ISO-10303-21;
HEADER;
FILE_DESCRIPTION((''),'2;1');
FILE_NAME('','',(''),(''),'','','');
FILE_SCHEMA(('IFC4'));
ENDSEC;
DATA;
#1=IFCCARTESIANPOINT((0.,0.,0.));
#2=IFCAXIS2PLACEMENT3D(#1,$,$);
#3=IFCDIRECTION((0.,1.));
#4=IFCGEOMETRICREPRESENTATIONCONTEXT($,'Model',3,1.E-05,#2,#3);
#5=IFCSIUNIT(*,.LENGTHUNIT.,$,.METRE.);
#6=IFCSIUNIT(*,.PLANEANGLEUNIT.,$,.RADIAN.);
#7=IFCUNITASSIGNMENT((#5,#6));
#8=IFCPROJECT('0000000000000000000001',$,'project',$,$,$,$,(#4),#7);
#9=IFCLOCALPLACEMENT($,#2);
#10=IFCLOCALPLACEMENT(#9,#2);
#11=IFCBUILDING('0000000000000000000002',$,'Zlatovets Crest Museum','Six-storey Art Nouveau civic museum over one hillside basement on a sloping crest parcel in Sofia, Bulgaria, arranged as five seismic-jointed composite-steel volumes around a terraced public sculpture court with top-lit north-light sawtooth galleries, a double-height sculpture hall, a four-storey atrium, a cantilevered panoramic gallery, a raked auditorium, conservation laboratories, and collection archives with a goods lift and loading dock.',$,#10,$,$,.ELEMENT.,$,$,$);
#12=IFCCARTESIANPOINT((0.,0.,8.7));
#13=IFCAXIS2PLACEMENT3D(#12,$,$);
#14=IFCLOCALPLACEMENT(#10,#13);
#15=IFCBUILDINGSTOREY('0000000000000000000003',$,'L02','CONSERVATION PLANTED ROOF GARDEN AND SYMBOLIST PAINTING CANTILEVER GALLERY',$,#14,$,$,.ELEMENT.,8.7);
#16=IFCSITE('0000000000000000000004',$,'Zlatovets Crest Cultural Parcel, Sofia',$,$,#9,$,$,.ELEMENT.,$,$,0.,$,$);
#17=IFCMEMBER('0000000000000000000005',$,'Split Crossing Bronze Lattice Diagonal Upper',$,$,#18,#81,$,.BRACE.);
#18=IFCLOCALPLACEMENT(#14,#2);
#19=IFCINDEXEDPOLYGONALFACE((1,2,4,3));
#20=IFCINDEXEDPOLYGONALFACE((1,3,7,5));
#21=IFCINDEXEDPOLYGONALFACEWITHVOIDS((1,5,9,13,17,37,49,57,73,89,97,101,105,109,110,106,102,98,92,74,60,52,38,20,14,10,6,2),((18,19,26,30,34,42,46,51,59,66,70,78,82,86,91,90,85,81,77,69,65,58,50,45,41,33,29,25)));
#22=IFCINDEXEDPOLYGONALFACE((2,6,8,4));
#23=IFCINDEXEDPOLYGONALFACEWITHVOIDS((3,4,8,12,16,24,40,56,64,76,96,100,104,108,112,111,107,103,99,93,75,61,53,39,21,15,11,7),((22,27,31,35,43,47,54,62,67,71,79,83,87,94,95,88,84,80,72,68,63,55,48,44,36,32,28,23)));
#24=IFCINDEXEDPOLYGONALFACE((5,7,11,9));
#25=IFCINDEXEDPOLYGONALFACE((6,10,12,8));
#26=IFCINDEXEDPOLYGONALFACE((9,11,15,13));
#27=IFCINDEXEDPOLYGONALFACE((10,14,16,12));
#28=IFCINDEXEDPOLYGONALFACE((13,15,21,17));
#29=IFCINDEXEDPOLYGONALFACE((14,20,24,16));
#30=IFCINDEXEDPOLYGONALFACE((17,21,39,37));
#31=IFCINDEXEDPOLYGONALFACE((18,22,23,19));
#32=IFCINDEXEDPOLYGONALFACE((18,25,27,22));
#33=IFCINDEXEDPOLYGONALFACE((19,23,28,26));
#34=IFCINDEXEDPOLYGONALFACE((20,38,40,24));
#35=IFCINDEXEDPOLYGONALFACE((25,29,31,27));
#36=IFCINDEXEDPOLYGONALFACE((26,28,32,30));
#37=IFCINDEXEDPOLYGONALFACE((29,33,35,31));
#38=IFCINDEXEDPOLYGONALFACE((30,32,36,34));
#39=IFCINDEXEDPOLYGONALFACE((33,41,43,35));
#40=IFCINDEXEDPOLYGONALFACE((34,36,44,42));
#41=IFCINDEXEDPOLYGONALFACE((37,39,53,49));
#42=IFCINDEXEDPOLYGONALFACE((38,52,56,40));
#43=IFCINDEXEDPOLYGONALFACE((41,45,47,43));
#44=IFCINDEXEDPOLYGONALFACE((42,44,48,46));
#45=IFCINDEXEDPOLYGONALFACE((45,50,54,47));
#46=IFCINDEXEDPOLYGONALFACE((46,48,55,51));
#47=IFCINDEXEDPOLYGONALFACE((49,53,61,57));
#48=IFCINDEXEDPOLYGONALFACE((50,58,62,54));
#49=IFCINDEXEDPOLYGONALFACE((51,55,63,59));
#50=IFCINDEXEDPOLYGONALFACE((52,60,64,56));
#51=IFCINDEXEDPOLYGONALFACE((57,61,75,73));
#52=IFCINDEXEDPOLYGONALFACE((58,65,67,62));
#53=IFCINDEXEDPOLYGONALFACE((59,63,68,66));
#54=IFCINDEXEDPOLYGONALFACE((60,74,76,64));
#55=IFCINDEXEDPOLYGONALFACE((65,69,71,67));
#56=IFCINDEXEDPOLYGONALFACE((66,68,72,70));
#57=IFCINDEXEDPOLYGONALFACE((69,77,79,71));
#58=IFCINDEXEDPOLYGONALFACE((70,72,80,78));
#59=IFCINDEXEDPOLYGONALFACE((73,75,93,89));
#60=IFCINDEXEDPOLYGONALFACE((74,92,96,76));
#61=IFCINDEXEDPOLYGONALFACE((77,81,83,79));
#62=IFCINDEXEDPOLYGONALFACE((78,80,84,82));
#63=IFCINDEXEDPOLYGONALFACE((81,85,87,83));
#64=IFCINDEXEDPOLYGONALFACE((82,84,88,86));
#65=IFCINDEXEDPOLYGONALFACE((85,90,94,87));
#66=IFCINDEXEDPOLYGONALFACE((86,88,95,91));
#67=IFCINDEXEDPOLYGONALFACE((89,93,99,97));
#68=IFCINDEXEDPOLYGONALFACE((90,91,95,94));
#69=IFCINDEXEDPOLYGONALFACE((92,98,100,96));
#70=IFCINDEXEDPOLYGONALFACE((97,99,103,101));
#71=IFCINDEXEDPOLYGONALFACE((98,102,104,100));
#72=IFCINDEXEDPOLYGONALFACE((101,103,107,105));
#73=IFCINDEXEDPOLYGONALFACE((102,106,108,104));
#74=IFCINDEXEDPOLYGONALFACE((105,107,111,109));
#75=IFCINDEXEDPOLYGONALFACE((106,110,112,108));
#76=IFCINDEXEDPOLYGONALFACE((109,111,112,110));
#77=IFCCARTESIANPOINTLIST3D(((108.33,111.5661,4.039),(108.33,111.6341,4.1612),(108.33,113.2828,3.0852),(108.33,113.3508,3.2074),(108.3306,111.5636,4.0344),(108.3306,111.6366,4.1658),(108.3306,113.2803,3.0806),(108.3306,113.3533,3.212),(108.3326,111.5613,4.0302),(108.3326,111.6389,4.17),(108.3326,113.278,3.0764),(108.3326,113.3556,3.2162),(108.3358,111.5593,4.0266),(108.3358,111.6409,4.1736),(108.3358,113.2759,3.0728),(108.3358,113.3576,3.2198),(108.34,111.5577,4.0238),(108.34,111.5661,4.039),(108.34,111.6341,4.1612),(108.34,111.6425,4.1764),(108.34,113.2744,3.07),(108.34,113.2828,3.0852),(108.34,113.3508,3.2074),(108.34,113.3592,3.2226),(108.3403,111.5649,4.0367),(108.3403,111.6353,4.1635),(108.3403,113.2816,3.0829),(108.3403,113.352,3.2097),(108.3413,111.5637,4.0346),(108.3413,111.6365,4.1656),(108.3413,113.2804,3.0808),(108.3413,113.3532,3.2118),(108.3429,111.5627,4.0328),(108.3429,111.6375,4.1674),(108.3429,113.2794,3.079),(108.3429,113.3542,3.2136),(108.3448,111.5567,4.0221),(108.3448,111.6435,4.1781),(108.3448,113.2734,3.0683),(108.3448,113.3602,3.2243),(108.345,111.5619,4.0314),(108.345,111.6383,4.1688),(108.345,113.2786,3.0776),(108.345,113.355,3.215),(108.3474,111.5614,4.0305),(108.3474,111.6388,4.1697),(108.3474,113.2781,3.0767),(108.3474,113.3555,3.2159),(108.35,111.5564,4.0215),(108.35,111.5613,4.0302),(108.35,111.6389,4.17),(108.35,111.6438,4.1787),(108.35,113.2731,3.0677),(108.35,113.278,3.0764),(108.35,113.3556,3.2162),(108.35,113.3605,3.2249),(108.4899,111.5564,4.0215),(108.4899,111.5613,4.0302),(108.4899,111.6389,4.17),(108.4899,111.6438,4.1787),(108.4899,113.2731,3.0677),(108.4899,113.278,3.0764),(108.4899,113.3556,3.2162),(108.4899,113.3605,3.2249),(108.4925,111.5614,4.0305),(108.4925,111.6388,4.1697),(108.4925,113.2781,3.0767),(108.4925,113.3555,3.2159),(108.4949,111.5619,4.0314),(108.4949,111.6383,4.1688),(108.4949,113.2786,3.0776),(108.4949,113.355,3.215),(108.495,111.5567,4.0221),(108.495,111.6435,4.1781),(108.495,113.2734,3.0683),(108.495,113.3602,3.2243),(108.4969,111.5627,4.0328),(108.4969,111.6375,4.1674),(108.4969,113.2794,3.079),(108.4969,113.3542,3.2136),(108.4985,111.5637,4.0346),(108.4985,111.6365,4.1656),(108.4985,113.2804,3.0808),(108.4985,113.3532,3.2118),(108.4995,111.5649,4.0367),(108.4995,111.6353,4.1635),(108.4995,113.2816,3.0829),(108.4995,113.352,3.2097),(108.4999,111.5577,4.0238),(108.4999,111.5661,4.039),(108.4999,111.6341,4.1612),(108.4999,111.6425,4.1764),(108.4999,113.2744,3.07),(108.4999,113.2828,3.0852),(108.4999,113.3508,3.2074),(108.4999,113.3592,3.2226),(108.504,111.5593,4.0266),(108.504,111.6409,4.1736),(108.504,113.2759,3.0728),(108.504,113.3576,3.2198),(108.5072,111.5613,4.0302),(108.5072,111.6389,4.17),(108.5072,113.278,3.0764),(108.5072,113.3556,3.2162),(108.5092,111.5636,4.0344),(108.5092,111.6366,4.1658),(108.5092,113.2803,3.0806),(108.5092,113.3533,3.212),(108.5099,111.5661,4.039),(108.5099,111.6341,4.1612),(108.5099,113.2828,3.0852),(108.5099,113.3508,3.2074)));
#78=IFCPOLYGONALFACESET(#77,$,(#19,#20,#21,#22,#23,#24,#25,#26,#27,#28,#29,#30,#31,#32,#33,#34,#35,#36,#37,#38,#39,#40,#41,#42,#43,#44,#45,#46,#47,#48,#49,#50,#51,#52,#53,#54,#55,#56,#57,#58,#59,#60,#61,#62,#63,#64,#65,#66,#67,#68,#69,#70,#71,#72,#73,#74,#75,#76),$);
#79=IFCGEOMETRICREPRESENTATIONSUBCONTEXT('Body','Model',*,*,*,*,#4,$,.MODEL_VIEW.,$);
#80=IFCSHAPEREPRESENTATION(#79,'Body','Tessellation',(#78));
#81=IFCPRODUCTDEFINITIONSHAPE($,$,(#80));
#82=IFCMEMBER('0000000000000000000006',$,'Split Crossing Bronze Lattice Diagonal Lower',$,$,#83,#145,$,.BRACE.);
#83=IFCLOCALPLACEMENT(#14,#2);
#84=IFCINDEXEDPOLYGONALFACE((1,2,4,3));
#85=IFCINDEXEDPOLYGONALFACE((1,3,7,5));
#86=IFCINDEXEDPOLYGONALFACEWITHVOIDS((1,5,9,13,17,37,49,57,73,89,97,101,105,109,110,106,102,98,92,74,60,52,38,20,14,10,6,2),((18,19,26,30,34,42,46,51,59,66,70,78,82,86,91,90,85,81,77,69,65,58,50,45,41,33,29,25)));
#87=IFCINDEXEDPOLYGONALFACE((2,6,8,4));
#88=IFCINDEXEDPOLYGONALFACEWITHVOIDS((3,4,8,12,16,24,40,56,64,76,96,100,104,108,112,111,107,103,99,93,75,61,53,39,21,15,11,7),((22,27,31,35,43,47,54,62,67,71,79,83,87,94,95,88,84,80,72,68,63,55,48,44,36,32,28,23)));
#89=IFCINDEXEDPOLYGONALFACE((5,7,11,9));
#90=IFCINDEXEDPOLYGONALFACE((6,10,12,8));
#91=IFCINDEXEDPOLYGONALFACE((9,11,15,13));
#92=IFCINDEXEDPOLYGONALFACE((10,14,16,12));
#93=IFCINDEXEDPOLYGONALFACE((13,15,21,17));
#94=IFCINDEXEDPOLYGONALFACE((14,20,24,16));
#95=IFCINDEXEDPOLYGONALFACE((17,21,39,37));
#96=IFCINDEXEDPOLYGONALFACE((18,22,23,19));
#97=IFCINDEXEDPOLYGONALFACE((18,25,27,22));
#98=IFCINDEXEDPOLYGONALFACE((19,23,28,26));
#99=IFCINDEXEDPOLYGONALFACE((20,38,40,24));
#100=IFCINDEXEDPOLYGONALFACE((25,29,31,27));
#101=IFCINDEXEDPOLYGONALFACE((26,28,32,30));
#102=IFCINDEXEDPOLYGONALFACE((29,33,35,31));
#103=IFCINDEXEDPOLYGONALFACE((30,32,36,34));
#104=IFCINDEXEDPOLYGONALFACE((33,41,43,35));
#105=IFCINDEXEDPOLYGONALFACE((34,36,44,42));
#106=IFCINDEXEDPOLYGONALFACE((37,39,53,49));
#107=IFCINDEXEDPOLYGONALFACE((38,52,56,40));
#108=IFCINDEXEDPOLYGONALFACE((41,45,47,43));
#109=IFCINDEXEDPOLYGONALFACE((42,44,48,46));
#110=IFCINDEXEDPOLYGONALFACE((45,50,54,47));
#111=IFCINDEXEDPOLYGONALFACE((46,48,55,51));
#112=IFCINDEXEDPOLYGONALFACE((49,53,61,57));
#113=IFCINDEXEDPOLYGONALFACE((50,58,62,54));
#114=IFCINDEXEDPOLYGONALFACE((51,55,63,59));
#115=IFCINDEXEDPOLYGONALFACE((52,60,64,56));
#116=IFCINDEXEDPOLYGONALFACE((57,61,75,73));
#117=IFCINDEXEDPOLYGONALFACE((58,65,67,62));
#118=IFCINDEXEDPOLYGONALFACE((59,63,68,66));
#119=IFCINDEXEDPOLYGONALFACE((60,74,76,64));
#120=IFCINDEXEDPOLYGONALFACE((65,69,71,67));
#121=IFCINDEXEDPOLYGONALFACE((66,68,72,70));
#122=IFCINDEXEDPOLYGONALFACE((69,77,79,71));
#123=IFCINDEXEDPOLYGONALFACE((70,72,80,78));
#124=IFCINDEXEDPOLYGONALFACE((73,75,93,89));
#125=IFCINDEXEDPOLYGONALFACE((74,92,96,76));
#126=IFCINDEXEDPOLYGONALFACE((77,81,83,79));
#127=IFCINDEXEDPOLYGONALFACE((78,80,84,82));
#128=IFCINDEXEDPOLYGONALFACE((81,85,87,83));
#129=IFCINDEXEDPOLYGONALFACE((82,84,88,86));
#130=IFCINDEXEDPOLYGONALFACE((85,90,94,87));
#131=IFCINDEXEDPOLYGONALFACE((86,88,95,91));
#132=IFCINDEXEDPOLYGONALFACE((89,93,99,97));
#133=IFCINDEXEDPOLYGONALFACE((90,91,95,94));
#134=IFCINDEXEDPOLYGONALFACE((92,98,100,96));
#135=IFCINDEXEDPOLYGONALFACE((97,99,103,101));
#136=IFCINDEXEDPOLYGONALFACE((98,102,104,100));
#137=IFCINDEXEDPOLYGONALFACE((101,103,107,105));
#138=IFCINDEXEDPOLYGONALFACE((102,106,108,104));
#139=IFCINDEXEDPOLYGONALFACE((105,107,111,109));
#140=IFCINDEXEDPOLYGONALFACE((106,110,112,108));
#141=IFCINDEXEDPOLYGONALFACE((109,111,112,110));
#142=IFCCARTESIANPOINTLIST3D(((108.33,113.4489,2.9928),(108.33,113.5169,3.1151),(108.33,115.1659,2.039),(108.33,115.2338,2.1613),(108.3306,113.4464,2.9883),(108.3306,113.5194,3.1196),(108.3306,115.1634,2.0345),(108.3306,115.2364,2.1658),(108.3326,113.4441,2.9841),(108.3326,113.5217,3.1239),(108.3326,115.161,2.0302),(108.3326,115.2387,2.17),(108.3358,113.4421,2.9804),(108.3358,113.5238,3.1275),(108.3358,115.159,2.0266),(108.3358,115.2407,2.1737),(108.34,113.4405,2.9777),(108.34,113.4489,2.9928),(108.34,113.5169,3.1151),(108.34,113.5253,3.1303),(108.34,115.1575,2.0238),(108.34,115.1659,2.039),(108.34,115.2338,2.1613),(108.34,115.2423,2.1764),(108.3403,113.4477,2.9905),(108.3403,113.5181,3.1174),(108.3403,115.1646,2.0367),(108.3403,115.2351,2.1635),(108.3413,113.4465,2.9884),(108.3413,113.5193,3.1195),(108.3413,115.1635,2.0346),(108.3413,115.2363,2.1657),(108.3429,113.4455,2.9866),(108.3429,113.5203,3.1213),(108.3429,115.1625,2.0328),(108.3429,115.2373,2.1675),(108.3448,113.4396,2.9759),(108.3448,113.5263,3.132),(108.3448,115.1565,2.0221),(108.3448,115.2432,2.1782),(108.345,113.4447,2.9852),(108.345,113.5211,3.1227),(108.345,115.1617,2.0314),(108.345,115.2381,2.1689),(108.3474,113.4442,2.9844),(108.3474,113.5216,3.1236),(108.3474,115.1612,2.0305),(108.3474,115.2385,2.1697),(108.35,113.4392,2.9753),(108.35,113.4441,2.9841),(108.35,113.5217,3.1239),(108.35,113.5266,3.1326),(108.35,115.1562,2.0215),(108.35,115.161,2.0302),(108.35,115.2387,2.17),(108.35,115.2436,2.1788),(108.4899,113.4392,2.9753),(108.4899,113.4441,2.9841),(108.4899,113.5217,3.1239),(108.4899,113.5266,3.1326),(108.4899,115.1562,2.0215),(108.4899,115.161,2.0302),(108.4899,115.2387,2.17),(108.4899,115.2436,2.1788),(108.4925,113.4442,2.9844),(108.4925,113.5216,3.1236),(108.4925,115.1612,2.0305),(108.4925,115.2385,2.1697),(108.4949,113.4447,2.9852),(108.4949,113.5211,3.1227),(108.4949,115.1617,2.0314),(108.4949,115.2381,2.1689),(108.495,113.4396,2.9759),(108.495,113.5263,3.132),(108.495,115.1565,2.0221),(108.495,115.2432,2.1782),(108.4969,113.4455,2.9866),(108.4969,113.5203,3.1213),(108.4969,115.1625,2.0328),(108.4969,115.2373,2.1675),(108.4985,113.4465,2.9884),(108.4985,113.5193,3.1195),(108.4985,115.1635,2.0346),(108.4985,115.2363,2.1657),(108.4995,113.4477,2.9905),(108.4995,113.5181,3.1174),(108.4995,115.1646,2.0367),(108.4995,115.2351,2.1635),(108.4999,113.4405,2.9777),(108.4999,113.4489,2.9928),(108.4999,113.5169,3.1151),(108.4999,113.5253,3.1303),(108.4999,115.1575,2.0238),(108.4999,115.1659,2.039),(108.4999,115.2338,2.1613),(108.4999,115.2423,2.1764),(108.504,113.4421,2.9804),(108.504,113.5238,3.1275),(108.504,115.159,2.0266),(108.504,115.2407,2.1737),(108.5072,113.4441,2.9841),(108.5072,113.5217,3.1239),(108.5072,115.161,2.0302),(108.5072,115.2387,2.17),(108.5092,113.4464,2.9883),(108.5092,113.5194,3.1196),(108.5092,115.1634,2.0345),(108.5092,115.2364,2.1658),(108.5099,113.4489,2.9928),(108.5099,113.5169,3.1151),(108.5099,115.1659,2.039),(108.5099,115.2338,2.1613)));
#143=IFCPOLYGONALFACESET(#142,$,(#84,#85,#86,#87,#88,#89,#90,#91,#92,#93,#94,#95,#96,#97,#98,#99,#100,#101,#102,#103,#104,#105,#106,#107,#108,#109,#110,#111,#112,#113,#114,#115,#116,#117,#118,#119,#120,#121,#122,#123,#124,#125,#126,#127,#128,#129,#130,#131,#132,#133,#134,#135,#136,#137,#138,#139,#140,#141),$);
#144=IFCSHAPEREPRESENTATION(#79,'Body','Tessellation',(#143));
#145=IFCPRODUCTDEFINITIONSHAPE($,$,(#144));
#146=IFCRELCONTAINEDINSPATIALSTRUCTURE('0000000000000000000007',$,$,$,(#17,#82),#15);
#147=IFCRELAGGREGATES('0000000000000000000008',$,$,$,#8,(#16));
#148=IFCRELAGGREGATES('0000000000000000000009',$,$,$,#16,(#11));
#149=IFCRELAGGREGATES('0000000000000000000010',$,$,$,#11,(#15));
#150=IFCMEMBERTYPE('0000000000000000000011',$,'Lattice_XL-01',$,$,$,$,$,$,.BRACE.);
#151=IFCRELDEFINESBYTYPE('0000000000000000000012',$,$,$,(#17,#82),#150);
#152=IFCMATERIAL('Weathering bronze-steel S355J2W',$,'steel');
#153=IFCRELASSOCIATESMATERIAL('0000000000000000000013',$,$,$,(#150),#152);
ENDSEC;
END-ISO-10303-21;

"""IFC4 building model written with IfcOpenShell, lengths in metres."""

from ifc_helpers import new_model, si_unit, direction, frame, origin, origin_2d, place, context, subcontext, project, spatial, hollow_rectangle, extrude, material, material_profile, profile_set, type_object, element, save


model = new_model("IFC4")

# Units and contexts
model_context = context("Model", 3, precision=1e-05, world=origin(), true_north=direction((0.0, 1.0)))
body_context = subcontext(model_context, "Body", "Model", "MODEL_VIEW")
ifc_project = project(units=[si_unit("LENGTHUNIT", "METRE"), si_unit("PLANEANGLEUNIT", "RADIAN")], contexts=[model_context])

# Site, building, storey
site_placement = place(None, origin())
site = spatial("IfcSite", under=ifc_project, at=site_placement, Name="Zlatovets Crest Cultural Parcel, Sofia", CompositionType="ELEMENT", RefElevation=0.0)
building_placement = place(site_placement, origin())
building = spatial("IfcBuilding", under=site, at=building_placement, Name="Zlatovets Crest Museum", Description="Six-storey Art Nouveau civic museum over one hillside basement on a sloping crest parcel in Sofia, Bulgaria, arranged as five seismic-jointed composite-steel volumes around a terraced public sculpture court with top-lit north-light sawtooth galleries, a double-height sculpture hall, a four-storey atrium, a cantilevered panoramic gallery, a raked auditorium, conservation laboratories, and collection archives with a goods lift and loading dock.", CompositionType="ELEMENT")
storey_placement = place(building_placement, frame((0.0, 0.0, 8.7)))
storey = spatial("IfcBuildingStorey", under=building, at=storey_placement, Name="L02", Description="CONSERVATION PLANTED ROOF GARDEN AND SYMBOLIST PAINTING CANTILEVER GALLERY", CompositionType="ELEMENT", Elevation=8.7)

# Members
ifc_material_1 = material(Name="Weathering bronze-steel S355J2W", Category="steel")
ifc_material_profile_1 = material_profile(ifc_material_1, hollow_rectangle(XDim=0.1799, YDim=0.1799, WallThickness=0.01, InnerFilletRadius=0.01, OuterFilletRadius=0.02, at=origin_2d()), Name="SHS 180x180x10.0")
ifc_profile_set_1 = profile_set([ifc_material_profile_1], Name="Weathering bronze-steel S355J2W")
member_type_1 = type_object("IfcMemberType", Name="Lattice_XL-01", PredefinedType="BRACE", material=ifc_profile_set_1)
member_1_placement = place(storey_placement, frame((108.4199, 111.6001, 4.1001), z_axis=(0.0, 0.87414, -0.485675), x_axis=(-1.0, 0.0, 0.0)))
element("IfcMember", 1, at=member_1_placement, inside=storey, type_object=member_type_1, Name="Split Crossing Bronze Lattice Diagonal Upper", PredefinedType="BRACE", context=body_context, shape_type="SweptSolid", body=[
    extrude(hollow_rectangle(XDim=0.1799, YDim=0.1799, WallThickness=0.01, InnerFilletRadius=0.01, OuterFilletRadius=0.02, at=origin_2d()), origin(), (0.0, 0.0, 1.0), 1.9639),
])
member_2_placement = place(storey_placement, frame((108.4199, 113.4829, 3.054), z_axis=(0.0, 0.874169, -0.485622), x_axis=(-1.0, 0.0, 0.0)))
element("IfcMember", 2, at=member_2_placement, inside=storey, type_object=member_type_1, Name="Split Crossing Bronze Lattice Diagonal Lower", PredefinedType="BRACE", context=body_context, shape_type="SweptSolid", body=[
    extrude(hollow_rectangle(XDim=0.1799, YDim=0.1799, WallThickness=0.01, InnerFilletRadius=0.01, OuterFilletRadius=0.02, at=origin_2d()), origin(), (0.0, 0.0, 1.0), 1.9641),
])

save(model, "model.ifc")
